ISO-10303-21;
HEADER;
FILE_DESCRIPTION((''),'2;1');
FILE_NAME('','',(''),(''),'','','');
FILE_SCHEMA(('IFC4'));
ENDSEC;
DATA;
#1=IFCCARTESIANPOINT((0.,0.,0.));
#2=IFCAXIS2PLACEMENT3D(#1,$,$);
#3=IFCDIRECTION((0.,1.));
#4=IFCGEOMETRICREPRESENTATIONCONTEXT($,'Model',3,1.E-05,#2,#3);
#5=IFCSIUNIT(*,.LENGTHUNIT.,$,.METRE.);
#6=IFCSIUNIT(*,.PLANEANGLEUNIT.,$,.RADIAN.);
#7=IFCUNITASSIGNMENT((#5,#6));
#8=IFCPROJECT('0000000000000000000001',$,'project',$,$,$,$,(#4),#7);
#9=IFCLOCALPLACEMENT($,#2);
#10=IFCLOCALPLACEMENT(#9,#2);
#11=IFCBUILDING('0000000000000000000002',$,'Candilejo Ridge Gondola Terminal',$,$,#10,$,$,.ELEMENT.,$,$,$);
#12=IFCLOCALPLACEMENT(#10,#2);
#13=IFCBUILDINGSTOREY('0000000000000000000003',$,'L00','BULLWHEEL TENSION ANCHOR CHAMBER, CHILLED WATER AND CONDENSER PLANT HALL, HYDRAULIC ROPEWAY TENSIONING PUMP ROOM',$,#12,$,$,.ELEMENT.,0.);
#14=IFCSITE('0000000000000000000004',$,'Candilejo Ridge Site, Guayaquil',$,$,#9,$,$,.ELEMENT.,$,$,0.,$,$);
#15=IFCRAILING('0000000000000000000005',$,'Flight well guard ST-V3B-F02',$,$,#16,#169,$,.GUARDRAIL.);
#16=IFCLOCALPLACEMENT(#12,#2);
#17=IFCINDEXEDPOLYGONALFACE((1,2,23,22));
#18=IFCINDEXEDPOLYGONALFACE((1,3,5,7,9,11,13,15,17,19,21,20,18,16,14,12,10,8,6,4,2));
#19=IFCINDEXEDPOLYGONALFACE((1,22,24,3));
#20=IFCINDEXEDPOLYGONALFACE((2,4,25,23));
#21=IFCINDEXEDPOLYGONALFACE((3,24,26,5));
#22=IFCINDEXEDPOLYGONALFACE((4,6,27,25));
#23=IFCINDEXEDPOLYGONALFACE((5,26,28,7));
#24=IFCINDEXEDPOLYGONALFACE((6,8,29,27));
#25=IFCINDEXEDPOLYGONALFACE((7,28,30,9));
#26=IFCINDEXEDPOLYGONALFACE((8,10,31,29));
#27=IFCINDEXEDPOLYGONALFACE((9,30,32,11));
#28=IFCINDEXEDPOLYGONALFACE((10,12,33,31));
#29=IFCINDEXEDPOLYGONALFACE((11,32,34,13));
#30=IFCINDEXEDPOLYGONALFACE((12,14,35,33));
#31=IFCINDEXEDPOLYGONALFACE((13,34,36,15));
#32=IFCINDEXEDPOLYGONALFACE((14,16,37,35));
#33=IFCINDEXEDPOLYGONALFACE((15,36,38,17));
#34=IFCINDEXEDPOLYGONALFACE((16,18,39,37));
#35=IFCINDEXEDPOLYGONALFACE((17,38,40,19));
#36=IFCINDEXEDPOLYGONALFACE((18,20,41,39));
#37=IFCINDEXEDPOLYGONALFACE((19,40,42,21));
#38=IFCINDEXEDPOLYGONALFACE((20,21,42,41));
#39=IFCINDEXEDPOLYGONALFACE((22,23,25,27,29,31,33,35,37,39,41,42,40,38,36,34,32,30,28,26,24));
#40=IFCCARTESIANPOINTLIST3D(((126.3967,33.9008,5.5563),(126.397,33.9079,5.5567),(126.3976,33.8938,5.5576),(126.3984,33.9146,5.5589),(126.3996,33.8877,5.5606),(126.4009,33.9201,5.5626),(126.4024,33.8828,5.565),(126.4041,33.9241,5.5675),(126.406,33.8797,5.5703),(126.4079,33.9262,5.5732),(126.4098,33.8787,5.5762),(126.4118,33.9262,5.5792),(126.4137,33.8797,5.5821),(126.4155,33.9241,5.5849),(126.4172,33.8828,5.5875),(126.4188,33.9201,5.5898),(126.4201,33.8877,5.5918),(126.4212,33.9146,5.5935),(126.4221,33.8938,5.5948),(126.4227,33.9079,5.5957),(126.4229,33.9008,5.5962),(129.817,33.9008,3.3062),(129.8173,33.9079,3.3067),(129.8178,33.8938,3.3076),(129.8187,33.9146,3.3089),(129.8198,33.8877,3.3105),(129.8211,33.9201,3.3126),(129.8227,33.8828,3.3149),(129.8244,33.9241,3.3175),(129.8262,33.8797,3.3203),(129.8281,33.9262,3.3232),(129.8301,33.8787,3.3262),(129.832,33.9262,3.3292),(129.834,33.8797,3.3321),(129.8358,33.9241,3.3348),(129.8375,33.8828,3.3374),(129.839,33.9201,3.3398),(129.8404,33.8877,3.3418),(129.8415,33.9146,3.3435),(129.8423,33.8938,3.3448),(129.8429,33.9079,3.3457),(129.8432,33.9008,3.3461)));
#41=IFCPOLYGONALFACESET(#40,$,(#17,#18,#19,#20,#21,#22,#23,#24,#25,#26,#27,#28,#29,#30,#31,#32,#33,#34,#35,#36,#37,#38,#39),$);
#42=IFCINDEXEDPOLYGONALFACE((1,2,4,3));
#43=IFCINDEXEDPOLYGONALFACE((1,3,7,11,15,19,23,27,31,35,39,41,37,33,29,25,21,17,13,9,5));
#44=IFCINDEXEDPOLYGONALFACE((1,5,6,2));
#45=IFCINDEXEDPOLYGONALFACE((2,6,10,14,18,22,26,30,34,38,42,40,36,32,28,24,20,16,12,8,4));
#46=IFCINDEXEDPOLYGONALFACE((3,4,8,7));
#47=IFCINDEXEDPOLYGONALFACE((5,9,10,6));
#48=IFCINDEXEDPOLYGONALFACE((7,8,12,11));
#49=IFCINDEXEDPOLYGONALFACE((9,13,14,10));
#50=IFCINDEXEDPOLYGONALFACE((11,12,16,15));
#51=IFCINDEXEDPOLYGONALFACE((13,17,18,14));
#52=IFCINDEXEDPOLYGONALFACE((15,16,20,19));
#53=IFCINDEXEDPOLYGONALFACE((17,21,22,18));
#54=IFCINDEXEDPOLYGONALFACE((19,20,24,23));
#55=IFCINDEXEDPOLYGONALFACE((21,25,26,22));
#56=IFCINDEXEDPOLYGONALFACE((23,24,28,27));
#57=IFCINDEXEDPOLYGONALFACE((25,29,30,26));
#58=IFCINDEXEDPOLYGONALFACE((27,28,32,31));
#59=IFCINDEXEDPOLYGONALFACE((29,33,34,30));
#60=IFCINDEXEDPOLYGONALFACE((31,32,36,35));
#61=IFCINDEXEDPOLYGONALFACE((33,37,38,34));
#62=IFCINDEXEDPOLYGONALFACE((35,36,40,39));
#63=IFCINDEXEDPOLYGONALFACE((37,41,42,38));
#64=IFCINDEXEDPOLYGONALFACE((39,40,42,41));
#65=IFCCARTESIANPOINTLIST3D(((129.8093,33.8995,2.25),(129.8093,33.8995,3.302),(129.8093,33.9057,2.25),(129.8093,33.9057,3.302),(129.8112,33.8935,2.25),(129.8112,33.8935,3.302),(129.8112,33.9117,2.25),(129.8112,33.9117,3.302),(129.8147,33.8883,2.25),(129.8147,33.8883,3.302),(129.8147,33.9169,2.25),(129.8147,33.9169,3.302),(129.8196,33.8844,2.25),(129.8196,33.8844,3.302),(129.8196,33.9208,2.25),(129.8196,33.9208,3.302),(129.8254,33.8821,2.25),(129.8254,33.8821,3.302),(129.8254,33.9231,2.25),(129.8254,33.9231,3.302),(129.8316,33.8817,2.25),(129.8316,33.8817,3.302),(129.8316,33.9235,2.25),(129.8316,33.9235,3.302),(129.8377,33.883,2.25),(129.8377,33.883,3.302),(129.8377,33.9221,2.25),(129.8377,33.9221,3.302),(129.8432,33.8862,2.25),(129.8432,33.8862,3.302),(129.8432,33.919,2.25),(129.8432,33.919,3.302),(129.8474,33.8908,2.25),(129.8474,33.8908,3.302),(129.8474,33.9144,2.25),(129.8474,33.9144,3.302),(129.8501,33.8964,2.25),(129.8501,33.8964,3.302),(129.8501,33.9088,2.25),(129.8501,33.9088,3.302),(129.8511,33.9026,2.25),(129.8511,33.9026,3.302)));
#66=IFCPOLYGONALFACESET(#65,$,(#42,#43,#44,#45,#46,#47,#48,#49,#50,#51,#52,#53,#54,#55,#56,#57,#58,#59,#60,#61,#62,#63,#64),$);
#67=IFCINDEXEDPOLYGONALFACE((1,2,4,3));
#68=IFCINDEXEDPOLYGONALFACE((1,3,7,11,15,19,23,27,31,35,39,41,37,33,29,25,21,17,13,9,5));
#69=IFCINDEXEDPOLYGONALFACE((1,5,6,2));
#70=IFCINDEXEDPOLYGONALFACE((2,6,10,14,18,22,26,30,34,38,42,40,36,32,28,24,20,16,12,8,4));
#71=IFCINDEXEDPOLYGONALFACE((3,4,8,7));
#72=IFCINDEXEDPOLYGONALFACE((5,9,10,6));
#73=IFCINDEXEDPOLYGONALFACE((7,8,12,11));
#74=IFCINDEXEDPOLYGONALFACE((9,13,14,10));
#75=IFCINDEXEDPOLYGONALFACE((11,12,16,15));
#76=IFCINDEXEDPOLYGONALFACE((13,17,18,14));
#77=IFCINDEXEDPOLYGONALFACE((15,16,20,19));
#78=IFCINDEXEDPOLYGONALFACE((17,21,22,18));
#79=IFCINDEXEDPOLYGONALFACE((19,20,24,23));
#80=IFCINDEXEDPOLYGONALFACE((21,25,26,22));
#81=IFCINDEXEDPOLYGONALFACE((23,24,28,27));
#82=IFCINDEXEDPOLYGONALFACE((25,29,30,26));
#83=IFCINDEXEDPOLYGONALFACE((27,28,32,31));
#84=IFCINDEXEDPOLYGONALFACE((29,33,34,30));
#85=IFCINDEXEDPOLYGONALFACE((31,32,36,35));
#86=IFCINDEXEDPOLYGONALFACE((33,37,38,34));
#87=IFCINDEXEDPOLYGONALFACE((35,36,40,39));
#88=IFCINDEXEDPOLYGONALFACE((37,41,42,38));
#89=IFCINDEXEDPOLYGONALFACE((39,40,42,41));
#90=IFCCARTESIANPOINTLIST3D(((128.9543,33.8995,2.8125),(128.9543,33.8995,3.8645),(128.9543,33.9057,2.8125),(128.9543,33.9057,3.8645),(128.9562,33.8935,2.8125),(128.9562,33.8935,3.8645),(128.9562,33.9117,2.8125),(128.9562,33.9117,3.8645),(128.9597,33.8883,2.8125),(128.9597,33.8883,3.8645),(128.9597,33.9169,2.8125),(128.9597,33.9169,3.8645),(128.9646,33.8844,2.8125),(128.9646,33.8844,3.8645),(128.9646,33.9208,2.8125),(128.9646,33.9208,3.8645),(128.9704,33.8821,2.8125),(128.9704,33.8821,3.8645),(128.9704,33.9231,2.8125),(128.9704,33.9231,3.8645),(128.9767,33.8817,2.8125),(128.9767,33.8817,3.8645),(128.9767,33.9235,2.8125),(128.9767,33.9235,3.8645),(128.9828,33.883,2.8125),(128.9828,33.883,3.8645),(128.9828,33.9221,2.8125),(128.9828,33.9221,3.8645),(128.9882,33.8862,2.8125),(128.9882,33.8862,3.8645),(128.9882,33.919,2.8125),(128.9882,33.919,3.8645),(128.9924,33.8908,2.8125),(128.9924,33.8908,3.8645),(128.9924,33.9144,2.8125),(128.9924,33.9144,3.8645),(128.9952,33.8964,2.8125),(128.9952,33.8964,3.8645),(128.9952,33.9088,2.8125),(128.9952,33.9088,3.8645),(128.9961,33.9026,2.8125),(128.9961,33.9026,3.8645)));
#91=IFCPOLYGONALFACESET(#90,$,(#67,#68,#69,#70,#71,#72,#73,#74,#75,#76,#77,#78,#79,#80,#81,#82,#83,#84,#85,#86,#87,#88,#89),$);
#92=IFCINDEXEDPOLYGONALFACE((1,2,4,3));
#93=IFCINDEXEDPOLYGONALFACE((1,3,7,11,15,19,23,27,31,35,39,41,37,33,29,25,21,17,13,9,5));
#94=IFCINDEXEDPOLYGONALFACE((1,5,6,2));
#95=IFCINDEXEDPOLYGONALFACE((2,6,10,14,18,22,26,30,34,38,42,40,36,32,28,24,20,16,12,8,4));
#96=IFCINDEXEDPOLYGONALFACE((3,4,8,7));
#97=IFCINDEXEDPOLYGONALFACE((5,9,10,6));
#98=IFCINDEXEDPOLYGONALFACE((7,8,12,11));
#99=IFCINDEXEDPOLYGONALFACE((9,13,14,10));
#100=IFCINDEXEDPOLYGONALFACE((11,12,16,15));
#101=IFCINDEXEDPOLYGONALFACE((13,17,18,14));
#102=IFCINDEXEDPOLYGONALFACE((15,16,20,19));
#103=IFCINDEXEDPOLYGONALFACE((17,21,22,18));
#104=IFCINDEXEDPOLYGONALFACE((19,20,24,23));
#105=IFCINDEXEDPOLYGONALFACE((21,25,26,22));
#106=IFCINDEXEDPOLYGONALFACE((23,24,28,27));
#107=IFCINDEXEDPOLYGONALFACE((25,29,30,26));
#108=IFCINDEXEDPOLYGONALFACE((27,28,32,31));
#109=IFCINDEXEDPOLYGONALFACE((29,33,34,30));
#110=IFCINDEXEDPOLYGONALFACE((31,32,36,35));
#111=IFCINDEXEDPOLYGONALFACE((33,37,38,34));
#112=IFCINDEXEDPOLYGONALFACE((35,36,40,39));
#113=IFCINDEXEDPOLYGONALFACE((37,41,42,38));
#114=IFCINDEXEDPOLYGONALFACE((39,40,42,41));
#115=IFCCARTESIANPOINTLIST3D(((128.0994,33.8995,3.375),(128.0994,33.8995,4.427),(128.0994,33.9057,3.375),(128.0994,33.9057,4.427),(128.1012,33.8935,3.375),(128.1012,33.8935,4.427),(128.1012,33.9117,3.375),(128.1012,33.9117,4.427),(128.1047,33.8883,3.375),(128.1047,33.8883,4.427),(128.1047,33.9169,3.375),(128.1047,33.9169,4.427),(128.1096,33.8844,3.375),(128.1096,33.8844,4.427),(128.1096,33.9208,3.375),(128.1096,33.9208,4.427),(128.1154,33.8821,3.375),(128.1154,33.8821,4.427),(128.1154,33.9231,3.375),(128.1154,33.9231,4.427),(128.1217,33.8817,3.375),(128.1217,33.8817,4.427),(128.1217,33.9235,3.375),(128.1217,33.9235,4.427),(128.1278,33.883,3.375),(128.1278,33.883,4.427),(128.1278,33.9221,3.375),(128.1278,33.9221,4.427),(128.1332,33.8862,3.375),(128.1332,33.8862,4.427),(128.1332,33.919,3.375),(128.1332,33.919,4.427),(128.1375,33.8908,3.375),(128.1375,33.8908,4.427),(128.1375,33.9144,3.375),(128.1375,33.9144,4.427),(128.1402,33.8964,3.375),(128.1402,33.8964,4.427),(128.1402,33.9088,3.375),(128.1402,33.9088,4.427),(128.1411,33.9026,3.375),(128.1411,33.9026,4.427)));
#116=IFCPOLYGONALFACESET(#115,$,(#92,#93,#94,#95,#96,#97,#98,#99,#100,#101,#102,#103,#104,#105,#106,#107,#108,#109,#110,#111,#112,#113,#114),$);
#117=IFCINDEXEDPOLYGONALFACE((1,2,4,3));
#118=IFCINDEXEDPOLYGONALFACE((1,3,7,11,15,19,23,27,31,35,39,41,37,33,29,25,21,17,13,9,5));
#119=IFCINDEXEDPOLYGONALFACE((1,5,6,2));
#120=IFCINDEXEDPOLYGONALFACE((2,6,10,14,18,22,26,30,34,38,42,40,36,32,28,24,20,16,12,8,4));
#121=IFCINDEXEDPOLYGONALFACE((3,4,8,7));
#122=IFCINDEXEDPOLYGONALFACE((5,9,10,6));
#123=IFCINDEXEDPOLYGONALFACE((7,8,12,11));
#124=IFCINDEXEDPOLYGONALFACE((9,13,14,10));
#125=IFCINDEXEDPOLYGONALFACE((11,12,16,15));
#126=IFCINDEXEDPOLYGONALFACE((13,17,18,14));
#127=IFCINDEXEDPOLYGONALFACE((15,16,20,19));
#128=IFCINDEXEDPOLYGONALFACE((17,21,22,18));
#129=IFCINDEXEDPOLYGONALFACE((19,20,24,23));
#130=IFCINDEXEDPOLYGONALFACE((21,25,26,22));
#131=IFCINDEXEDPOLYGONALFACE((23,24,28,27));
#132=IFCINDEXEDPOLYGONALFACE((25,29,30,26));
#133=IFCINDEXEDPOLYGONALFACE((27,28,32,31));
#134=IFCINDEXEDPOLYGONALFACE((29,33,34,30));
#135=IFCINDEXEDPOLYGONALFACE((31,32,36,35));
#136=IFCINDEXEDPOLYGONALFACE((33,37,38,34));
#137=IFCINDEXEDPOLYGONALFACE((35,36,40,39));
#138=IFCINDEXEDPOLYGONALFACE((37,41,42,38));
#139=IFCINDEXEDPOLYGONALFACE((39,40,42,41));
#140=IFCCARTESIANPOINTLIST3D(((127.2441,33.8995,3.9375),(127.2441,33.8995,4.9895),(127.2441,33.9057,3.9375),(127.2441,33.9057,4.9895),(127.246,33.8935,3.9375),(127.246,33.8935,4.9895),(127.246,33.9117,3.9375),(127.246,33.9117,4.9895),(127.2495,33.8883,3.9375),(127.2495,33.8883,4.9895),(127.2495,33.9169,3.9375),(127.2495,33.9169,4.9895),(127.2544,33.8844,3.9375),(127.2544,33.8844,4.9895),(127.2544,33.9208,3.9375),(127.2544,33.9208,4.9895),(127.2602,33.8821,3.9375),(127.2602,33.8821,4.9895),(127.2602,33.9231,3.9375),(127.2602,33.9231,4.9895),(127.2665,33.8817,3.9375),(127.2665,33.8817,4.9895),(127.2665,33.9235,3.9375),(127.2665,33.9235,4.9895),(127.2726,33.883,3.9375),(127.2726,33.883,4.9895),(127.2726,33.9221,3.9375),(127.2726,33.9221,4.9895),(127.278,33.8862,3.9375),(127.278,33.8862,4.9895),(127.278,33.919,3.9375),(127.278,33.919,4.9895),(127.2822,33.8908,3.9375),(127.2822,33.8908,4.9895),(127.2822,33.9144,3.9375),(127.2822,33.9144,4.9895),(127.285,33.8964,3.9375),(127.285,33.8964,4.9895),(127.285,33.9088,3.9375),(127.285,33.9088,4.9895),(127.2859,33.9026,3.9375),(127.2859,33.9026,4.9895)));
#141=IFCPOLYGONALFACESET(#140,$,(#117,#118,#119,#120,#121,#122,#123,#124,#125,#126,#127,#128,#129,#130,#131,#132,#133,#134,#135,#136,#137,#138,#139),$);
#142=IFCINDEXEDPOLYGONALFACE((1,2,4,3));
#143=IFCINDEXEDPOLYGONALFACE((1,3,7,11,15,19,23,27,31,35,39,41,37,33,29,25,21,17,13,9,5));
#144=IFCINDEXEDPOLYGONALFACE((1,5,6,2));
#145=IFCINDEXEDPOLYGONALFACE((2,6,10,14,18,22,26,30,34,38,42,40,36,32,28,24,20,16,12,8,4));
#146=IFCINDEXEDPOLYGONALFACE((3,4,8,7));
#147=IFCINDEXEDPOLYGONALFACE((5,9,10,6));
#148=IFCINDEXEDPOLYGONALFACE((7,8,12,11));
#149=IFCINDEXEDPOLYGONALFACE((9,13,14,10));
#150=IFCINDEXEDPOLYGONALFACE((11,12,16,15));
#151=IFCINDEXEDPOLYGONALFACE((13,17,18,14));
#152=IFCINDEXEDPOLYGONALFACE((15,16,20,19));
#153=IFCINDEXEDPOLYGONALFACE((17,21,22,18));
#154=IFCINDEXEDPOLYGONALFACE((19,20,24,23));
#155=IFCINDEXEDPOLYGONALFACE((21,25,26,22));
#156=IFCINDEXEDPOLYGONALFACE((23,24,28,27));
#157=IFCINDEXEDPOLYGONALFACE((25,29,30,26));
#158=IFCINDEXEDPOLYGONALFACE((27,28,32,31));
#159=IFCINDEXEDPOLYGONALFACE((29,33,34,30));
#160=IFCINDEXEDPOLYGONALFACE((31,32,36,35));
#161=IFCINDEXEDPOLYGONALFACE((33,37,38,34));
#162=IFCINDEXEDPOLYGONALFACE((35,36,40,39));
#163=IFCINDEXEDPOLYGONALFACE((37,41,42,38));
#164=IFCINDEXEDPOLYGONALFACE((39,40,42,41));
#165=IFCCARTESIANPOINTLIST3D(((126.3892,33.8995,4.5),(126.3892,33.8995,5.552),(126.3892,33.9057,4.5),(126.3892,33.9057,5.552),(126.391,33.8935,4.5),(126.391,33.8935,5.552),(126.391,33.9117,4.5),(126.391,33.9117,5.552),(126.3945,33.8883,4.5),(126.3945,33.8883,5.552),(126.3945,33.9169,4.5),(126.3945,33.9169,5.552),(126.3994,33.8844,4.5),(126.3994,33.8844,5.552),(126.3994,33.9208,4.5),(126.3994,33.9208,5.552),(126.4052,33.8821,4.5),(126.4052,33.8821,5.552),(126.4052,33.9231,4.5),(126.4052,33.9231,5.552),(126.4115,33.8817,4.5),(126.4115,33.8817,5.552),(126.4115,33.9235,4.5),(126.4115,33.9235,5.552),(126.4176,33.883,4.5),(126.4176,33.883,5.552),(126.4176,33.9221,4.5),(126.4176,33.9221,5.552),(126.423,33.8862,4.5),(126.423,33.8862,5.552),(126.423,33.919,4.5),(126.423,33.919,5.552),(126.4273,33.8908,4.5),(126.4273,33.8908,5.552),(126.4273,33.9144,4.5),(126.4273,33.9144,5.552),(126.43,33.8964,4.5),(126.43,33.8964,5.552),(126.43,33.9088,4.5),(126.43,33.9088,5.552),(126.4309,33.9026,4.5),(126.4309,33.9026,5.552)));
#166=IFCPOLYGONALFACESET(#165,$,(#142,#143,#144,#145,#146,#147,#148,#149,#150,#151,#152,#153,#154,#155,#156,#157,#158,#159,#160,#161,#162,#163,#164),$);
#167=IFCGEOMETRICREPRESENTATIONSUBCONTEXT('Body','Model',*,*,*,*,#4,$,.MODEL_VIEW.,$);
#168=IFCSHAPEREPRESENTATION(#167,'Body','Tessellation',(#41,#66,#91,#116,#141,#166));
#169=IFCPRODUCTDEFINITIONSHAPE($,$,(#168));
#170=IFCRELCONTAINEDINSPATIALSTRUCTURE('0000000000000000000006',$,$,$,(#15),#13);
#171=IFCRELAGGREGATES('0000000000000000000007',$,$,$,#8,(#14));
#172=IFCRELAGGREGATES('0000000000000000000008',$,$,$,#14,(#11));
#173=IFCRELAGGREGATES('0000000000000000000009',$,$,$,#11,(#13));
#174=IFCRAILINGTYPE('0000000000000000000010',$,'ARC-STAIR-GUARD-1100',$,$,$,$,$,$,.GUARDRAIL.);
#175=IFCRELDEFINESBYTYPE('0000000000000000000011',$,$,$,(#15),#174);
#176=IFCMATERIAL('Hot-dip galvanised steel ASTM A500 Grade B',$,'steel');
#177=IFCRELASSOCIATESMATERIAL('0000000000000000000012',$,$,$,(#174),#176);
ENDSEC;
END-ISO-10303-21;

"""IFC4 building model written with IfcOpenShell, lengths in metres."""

from ifc_helpers import new_model, si_unit, direction, frame, origin, origin_2d, place, context, subcontext, project, spatial, circle, extrude, material, type_object, element, save


model = new_model("IFC4")

# Units and contexts
model_context = context("Model", 3, precision=1e-05, world=origin(), true_north=direction((0.0, 1.0)))
body_context = subcontext(model_context, "Body", "Model", "MODEL_VIEW")
ifc_project = project(units=[si_unit("LENGTHUNIT", "METRE"), si_unit("PLANEANGLEUNIT", "RADIAN")], contexts=[model_context])

# Site, building, storey
site_placement = place(None, origin())
site = spatial("IfcSite", under=ifc_project, at=site_placement, Name="Candilejo Ridge Site, Guayaquil", CompositionType="ELEMENT", RefElevation=0.0)
building_placement = place(site_placement, origin())
building = spatial("IfcBuilding", under=site, at=building_placement, Name="Candilejo Ridge Gondola Terminal", CompositionType="ELEMENT")
storey_placement = place(building_placement, origin())
storey = spatial("IfcBuildingStorey", under=building, at=storey_placement, Name="L00", Description="BULLWHEEL TENSION ANCHOR CHAMBER, CHILLED WATER AND CONDENSER PLANT HALL, HYDRAULIC ROPEWAY TENSIONING PUMP ROOM", CompositionType="ELEMENT", Elevation=0.0)

# Railing
ifc_material_1 = material(Name="Hot-dip galvanised steel ASTM A500 Grade B", Category="steel")
railing_type_1 = type_object("IfcRailingType", Name="ARC-STAIR-GUARD-1100", PredefinedType="GUARDRAIL", material=ifc_material_1)
railing_1_placement = place(storey_placement, frame((129.8301, 33.9026, 2.25)))
element("IfcRailing", 1, at=railing_1_placement, inside=storey, type_object=railing_type_1, Name="Flight well guard ST-V3B-F02", PredefinedType="GUARDRAIL", context=body_context, shape_type="SweptSolid", body=[
    extrude(circle(Radius=0.0239, at=origin_2d()), frame((0.0, 0.0, 1.0762), z_axis=(-0.835429, 0.0, 0.549598), x_axis=(0.0, -1.0, 0.0)), (0.0, 0.0, 1.0), 4.094),
    extrude(circle(Radius=0.021, at=origin_2d()), origin(), (0.0, 0.0, 1.0), 1.052),
    extrude(circle(Radius=0.021, at=origin_2d()), frame((-0.855, 0.0, 0.5625)), (0.0, 0.0, 1.0), 1.052),
    extrude(circle(Radius=0.021, at=origin_2d()), frame((-1.71, 0.0, 1.125)), (0.0, 0.0, 1.0), 1.052),
    extrude(circle(Radius=0.021, at=origin_2d()), frame((-2.5652, 0.0, 1.6875)), (0.0, 0.0, 1.0), 1.052),
    extrude(circle(Radius=0.021, at=origin_2d()), frame((-3.4202, 0.0, 2.25)), (0.0, 0.0, 1.0), 1.052),
])

save(model, "model.ifc")
